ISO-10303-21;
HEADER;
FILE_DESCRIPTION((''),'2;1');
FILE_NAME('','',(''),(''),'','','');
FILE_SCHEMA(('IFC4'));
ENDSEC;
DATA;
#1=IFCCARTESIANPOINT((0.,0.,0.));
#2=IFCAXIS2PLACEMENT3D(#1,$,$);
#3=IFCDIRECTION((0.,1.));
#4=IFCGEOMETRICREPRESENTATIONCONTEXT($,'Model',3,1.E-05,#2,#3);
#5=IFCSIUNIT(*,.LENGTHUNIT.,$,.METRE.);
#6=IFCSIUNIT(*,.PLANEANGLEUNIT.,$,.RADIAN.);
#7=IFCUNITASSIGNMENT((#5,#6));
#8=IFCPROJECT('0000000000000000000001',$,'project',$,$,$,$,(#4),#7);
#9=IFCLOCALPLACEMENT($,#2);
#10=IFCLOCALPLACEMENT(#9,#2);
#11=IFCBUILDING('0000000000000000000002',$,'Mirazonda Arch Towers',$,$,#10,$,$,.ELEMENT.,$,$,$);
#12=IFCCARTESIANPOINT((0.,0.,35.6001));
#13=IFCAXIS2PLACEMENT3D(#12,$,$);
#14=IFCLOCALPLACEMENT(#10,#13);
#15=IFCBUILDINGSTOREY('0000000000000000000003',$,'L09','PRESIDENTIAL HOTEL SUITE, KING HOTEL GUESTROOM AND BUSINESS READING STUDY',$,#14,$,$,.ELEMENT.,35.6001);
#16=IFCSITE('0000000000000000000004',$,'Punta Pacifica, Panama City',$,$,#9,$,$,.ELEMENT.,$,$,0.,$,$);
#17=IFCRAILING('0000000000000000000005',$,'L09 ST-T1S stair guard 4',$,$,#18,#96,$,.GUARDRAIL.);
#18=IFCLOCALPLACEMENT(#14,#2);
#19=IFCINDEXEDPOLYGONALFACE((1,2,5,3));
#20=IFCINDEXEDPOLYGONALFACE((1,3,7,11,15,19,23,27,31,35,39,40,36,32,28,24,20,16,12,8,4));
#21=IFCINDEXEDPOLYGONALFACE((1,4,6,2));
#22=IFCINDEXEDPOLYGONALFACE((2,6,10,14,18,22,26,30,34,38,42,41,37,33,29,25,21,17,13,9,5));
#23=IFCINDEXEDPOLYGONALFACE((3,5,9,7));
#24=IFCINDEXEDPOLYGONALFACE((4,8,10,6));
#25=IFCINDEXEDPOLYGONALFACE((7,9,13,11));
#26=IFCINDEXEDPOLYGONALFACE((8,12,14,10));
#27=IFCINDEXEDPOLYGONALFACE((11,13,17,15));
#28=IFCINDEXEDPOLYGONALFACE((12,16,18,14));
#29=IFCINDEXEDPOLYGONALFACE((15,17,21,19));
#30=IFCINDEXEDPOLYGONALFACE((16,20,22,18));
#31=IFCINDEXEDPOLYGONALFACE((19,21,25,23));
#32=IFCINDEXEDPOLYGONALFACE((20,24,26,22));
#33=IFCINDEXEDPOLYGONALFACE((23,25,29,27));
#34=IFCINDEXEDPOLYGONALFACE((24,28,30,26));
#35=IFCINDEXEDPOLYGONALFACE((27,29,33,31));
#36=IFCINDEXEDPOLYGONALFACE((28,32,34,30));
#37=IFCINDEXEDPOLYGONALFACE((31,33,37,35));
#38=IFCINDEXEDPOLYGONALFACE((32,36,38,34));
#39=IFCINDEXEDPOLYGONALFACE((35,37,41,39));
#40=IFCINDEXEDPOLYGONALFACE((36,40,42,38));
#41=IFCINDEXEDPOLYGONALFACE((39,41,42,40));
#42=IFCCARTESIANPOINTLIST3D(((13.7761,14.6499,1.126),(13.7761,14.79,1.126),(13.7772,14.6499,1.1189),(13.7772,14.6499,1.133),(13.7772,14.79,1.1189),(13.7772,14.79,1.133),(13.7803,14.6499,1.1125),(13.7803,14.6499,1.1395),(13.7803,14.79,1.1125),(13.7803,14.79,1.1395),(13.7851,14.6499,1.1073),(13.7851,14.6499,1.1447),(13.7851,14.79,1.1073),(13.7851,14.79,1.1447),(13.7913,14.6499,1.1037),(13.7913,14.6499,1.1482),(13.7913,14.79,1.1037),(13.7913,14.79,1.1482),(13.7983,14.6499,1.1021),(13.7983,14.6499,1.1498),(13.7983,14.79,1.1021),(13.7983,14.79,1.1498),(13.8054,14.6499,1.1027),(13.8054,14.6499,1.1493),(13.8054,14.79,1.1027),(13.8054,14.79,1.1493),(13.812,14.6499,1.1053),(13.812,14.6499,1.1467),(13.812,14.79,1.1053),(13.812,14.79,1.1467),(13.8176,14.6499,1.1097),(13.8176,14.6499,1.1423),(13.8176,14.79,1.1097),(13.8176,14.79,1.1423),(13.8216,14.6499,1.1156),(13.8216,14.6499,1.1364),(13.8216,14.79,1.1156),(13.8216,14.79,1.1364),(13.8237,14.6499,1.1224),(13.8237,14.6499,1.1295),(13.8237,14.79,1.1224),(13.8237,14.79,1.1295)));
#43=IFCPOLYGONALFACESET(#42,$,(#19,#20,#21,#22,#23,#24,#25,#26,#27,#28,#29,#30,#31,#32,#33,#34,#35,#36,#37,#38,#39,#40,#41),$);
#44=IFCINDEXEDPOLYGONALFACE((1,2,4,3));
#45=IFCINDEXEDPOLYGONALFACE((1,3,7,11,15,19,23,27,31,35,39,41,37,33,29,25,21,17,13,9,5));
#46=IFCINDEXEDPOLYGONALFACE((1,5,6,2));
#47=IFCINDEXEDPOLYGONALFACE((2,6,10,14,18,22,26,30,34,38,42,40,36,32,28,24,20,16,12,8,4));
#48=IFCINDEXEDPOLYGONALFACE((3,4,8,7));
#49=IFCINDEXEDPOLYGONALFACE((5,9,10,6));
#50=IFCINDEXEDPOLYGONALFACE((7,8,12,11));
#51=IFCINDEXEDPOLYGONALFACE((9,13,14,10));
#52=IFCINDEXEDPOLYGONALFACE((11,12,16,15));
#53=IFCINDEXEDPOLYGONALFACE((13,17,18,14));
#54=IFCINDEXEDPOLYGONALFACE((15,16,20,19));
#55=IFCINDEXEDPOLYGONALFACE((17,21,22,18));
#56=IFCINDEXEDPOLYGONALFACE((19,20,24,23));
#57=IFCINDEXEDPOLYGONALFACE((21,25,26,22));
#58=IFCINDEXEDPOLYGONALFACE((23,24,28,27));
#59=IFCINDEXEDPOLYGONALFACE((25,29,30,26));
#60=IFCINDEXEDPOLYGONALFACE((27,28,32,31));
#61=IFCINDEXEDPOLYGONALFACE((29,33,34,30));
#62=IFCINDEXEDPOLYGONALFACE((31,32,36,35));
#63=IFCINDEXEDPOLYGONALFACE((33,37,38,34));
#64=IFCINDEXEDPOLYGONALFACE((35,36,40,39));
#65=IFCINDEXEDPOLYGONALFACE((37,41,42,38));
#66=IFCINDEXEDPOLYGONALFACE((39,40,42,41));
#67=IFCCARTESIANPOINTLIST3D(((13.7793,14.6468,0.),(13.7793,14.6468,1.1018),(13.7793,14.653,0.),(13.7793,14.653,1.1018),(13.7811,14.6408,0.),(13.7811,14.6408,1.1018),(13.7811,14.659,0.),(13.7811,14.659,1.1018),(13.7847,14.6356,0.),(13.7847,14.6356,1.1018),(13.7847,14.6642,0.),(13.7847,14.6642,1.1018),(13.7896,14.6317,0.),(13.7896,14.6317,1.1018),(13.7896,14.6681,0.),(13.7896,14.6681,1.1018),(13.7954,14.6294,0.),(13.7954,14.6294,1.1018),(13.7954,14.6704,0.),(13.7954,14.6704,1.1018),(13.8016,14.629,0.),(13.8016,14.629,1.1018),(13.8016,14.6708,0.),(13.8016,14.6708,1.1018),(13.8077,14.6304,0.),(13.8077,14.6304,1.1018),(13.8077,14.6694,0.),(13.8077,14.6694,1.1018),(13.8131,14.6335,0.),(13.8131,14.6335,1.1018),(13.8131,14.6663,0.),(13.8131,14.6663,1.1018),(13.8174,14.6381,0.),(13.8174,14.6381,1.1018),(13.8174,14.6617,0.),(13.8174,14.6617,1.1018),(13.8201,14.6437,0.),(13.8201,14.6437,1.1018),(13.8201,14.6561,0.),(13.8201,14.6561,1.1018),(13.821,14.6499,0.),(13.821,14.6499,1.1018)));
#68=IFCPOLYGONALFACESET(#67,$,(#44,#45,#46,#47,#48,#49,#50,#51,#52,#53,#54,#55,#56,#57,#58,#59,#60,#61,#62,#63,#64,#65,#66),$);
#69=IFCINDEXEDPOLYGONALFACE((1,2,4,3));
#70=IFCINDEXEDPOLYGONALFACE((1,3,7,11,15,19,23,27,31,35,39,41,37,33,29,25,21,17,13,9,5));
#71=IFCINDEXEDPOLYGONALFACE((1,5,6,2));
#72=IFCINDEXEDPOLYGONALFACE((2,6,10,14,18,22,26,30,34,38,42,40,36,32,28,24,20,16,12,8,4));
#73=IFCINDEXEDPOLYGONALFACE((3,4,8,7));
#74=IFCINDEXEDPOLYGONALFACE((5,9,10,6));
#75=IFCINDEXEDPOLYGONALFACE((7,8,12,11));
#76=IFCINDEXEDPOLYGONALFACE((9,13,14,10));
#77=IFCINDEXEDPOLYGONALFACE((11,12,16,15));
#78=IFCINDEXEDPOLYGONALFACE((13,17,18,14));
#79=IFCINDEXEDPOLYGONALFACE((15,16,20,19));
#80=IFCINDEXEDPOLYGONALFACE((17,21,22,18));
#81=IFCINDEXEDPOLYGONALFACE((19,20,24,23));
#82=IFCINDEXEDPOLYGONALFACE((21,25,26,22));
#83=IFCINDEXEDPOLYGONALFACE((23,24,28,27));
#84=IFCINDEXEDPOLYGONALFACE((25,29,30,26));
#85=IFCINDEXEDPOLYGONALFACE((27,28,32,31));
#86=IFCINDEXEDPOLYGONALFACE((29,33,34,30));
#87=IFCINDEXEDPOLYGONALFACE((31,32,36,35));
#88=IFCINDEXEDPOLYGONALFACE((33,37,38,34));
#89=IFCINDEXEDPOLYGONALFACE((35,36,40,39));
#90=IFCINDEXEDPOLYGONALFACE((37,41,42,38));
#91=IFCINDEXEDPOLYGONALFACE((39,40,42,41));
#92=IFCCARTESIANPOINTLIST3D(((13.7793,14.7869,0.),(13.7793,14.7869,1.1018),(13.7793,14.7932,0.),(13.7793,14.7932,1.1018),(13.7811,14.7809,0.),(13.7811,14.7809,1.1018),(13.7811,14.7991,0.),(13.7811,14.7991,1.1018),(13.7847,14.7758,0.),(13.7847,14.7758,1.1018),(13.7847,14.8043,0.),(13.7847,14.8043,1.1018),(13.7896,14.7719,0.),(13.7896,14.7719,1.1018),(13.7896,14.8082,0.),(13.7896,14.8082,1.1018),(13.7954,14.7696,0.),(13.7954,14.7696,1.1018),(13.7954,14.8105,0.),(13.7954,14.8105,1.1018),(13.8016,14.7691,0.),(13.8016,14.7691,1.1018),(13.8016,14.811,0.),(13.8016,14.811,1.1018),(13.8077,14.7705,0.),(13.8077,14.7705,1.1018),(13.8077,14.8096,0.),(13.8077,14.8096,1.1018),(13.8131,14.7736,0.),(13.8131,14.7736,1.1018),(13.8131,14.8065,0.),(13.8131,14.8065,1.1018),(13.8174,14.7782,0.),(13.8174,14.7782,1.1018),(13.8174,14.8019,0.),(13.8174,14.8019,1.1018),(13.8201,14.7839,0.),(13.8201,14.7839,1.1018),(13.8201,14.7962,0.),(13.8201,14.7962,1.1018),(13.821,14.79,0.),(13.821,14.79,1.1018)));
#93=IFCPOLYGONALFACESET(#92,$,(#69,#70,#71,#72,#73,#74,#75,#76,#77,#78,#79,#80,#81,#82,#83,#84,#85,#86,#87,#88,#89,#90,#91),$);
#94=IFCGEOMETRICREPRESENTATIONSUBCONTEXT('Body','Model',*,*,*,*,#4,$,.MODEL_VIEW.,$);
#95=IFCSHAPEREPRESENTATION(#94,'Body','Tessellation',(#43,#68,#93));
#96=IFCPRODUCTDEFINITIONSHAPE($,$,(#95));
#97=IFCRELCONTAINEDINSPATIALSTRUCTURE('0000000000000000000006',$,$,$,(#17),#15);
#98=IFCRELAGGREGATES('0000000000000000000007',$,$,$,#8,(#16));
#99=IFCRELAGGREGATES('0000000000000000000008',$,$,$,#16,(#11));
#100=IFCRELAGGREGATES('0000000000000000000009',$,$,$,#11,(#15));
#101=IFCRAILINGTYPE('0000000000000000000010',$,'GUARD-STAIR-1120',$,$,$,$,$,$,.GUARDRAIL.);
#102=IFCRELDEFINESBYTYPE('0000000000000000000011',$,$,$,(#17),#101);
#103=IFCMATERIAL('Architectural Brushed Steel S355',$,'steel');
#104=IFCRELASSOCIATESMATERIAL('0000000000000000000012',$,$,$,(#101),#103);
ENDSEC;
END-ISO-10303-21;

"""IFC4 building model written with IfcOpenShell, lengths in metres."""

from ifc_helpers import new_model, si_unit, direction, frame, origin, origin_2d, place, context, subcontext, project, spatial, circle, extrude, material, type_object, element, save


model = new_model("IFC4")

# Units and contexts
model_context = context("Model", 3, precision=1e-05, world=origin(), true_north=direction((0.0, 1.0)))
body_context = subcontext(model_context, "Body", "Model", "MODEL_VIEW")
ifc_project = project(units=[si_unit("LENGTHUNIT", "METRE"), si_unit("PLANEANGLEUNIT", "RADIAN")], contexts=[model_context])

# Site, building, storey
site_placement = place(None, origin())
site = spatial("IfcSite", under=ifc_project, at=site_placement, Name="Punta Pacifica, Panama City", CompositionType="ELEMENT", RefElevation=0.0)
building_placement = place(site_placement, origin())
building = spatial("IfcBuilding", under=site, at=building_placement, Name="Mirazonda Arch Towers", CompositionType="ELEMENT")
storey_placement = place(building_placement, frame((0.0, 0.0, 35.6001)))
storey = spatial("IfcBuildingStorey", under=building, at=storey_placement, Name="L09", Description="PRESIDENTIAL HOTEL SUITE, KING HOTEL GUESTROOM AND BUSINESS READING STUDY", CompositionType="ELEMENT", Elevation=35.6001)

# Shared definitions
ifc_material_1 = material(Name="Architectural Brushed Steel S355", Category="steel")

# Railing
railing_type = type_object("IfcRailingType", Name="GUARD-STAIR-1120", PredefinedType="GUARDRAIL", material=ifc_material_1)
railing_1_placement = place(storey_placement, frame((13.8, 14.6499, 0.0)))
element("IfcRailing", 1, at=railing_1_placement, inside=storey, type_object=railing_type, Name="L09 ST-T1S stair guard 4", PredefinedType="GUARDRAIL", context=body_context, shape_type="SweptSolid", body=[
    extrude(circle(Radius=0.0239, at=origin_2d()), frame((0.0, 0.0, 1.126), z_axis=(0.0, 1.0, 0.0), x_axis=(-1.0, 0.0, 0.0)), (0.0, 0.0, 1.0), 0.1401),
    extrude(circle(Radius=0.021, at=origin_2d()), origin(), (0.0, 0.0, 1.0), 1.1018),
    extrude(circle(Radius=0.021, at=origin_2d()), frame((0.0, 0.1401, 0.0)), (0.0, 0.0, 1.0), 1.1018),
])

save(model, "model.ifc")
